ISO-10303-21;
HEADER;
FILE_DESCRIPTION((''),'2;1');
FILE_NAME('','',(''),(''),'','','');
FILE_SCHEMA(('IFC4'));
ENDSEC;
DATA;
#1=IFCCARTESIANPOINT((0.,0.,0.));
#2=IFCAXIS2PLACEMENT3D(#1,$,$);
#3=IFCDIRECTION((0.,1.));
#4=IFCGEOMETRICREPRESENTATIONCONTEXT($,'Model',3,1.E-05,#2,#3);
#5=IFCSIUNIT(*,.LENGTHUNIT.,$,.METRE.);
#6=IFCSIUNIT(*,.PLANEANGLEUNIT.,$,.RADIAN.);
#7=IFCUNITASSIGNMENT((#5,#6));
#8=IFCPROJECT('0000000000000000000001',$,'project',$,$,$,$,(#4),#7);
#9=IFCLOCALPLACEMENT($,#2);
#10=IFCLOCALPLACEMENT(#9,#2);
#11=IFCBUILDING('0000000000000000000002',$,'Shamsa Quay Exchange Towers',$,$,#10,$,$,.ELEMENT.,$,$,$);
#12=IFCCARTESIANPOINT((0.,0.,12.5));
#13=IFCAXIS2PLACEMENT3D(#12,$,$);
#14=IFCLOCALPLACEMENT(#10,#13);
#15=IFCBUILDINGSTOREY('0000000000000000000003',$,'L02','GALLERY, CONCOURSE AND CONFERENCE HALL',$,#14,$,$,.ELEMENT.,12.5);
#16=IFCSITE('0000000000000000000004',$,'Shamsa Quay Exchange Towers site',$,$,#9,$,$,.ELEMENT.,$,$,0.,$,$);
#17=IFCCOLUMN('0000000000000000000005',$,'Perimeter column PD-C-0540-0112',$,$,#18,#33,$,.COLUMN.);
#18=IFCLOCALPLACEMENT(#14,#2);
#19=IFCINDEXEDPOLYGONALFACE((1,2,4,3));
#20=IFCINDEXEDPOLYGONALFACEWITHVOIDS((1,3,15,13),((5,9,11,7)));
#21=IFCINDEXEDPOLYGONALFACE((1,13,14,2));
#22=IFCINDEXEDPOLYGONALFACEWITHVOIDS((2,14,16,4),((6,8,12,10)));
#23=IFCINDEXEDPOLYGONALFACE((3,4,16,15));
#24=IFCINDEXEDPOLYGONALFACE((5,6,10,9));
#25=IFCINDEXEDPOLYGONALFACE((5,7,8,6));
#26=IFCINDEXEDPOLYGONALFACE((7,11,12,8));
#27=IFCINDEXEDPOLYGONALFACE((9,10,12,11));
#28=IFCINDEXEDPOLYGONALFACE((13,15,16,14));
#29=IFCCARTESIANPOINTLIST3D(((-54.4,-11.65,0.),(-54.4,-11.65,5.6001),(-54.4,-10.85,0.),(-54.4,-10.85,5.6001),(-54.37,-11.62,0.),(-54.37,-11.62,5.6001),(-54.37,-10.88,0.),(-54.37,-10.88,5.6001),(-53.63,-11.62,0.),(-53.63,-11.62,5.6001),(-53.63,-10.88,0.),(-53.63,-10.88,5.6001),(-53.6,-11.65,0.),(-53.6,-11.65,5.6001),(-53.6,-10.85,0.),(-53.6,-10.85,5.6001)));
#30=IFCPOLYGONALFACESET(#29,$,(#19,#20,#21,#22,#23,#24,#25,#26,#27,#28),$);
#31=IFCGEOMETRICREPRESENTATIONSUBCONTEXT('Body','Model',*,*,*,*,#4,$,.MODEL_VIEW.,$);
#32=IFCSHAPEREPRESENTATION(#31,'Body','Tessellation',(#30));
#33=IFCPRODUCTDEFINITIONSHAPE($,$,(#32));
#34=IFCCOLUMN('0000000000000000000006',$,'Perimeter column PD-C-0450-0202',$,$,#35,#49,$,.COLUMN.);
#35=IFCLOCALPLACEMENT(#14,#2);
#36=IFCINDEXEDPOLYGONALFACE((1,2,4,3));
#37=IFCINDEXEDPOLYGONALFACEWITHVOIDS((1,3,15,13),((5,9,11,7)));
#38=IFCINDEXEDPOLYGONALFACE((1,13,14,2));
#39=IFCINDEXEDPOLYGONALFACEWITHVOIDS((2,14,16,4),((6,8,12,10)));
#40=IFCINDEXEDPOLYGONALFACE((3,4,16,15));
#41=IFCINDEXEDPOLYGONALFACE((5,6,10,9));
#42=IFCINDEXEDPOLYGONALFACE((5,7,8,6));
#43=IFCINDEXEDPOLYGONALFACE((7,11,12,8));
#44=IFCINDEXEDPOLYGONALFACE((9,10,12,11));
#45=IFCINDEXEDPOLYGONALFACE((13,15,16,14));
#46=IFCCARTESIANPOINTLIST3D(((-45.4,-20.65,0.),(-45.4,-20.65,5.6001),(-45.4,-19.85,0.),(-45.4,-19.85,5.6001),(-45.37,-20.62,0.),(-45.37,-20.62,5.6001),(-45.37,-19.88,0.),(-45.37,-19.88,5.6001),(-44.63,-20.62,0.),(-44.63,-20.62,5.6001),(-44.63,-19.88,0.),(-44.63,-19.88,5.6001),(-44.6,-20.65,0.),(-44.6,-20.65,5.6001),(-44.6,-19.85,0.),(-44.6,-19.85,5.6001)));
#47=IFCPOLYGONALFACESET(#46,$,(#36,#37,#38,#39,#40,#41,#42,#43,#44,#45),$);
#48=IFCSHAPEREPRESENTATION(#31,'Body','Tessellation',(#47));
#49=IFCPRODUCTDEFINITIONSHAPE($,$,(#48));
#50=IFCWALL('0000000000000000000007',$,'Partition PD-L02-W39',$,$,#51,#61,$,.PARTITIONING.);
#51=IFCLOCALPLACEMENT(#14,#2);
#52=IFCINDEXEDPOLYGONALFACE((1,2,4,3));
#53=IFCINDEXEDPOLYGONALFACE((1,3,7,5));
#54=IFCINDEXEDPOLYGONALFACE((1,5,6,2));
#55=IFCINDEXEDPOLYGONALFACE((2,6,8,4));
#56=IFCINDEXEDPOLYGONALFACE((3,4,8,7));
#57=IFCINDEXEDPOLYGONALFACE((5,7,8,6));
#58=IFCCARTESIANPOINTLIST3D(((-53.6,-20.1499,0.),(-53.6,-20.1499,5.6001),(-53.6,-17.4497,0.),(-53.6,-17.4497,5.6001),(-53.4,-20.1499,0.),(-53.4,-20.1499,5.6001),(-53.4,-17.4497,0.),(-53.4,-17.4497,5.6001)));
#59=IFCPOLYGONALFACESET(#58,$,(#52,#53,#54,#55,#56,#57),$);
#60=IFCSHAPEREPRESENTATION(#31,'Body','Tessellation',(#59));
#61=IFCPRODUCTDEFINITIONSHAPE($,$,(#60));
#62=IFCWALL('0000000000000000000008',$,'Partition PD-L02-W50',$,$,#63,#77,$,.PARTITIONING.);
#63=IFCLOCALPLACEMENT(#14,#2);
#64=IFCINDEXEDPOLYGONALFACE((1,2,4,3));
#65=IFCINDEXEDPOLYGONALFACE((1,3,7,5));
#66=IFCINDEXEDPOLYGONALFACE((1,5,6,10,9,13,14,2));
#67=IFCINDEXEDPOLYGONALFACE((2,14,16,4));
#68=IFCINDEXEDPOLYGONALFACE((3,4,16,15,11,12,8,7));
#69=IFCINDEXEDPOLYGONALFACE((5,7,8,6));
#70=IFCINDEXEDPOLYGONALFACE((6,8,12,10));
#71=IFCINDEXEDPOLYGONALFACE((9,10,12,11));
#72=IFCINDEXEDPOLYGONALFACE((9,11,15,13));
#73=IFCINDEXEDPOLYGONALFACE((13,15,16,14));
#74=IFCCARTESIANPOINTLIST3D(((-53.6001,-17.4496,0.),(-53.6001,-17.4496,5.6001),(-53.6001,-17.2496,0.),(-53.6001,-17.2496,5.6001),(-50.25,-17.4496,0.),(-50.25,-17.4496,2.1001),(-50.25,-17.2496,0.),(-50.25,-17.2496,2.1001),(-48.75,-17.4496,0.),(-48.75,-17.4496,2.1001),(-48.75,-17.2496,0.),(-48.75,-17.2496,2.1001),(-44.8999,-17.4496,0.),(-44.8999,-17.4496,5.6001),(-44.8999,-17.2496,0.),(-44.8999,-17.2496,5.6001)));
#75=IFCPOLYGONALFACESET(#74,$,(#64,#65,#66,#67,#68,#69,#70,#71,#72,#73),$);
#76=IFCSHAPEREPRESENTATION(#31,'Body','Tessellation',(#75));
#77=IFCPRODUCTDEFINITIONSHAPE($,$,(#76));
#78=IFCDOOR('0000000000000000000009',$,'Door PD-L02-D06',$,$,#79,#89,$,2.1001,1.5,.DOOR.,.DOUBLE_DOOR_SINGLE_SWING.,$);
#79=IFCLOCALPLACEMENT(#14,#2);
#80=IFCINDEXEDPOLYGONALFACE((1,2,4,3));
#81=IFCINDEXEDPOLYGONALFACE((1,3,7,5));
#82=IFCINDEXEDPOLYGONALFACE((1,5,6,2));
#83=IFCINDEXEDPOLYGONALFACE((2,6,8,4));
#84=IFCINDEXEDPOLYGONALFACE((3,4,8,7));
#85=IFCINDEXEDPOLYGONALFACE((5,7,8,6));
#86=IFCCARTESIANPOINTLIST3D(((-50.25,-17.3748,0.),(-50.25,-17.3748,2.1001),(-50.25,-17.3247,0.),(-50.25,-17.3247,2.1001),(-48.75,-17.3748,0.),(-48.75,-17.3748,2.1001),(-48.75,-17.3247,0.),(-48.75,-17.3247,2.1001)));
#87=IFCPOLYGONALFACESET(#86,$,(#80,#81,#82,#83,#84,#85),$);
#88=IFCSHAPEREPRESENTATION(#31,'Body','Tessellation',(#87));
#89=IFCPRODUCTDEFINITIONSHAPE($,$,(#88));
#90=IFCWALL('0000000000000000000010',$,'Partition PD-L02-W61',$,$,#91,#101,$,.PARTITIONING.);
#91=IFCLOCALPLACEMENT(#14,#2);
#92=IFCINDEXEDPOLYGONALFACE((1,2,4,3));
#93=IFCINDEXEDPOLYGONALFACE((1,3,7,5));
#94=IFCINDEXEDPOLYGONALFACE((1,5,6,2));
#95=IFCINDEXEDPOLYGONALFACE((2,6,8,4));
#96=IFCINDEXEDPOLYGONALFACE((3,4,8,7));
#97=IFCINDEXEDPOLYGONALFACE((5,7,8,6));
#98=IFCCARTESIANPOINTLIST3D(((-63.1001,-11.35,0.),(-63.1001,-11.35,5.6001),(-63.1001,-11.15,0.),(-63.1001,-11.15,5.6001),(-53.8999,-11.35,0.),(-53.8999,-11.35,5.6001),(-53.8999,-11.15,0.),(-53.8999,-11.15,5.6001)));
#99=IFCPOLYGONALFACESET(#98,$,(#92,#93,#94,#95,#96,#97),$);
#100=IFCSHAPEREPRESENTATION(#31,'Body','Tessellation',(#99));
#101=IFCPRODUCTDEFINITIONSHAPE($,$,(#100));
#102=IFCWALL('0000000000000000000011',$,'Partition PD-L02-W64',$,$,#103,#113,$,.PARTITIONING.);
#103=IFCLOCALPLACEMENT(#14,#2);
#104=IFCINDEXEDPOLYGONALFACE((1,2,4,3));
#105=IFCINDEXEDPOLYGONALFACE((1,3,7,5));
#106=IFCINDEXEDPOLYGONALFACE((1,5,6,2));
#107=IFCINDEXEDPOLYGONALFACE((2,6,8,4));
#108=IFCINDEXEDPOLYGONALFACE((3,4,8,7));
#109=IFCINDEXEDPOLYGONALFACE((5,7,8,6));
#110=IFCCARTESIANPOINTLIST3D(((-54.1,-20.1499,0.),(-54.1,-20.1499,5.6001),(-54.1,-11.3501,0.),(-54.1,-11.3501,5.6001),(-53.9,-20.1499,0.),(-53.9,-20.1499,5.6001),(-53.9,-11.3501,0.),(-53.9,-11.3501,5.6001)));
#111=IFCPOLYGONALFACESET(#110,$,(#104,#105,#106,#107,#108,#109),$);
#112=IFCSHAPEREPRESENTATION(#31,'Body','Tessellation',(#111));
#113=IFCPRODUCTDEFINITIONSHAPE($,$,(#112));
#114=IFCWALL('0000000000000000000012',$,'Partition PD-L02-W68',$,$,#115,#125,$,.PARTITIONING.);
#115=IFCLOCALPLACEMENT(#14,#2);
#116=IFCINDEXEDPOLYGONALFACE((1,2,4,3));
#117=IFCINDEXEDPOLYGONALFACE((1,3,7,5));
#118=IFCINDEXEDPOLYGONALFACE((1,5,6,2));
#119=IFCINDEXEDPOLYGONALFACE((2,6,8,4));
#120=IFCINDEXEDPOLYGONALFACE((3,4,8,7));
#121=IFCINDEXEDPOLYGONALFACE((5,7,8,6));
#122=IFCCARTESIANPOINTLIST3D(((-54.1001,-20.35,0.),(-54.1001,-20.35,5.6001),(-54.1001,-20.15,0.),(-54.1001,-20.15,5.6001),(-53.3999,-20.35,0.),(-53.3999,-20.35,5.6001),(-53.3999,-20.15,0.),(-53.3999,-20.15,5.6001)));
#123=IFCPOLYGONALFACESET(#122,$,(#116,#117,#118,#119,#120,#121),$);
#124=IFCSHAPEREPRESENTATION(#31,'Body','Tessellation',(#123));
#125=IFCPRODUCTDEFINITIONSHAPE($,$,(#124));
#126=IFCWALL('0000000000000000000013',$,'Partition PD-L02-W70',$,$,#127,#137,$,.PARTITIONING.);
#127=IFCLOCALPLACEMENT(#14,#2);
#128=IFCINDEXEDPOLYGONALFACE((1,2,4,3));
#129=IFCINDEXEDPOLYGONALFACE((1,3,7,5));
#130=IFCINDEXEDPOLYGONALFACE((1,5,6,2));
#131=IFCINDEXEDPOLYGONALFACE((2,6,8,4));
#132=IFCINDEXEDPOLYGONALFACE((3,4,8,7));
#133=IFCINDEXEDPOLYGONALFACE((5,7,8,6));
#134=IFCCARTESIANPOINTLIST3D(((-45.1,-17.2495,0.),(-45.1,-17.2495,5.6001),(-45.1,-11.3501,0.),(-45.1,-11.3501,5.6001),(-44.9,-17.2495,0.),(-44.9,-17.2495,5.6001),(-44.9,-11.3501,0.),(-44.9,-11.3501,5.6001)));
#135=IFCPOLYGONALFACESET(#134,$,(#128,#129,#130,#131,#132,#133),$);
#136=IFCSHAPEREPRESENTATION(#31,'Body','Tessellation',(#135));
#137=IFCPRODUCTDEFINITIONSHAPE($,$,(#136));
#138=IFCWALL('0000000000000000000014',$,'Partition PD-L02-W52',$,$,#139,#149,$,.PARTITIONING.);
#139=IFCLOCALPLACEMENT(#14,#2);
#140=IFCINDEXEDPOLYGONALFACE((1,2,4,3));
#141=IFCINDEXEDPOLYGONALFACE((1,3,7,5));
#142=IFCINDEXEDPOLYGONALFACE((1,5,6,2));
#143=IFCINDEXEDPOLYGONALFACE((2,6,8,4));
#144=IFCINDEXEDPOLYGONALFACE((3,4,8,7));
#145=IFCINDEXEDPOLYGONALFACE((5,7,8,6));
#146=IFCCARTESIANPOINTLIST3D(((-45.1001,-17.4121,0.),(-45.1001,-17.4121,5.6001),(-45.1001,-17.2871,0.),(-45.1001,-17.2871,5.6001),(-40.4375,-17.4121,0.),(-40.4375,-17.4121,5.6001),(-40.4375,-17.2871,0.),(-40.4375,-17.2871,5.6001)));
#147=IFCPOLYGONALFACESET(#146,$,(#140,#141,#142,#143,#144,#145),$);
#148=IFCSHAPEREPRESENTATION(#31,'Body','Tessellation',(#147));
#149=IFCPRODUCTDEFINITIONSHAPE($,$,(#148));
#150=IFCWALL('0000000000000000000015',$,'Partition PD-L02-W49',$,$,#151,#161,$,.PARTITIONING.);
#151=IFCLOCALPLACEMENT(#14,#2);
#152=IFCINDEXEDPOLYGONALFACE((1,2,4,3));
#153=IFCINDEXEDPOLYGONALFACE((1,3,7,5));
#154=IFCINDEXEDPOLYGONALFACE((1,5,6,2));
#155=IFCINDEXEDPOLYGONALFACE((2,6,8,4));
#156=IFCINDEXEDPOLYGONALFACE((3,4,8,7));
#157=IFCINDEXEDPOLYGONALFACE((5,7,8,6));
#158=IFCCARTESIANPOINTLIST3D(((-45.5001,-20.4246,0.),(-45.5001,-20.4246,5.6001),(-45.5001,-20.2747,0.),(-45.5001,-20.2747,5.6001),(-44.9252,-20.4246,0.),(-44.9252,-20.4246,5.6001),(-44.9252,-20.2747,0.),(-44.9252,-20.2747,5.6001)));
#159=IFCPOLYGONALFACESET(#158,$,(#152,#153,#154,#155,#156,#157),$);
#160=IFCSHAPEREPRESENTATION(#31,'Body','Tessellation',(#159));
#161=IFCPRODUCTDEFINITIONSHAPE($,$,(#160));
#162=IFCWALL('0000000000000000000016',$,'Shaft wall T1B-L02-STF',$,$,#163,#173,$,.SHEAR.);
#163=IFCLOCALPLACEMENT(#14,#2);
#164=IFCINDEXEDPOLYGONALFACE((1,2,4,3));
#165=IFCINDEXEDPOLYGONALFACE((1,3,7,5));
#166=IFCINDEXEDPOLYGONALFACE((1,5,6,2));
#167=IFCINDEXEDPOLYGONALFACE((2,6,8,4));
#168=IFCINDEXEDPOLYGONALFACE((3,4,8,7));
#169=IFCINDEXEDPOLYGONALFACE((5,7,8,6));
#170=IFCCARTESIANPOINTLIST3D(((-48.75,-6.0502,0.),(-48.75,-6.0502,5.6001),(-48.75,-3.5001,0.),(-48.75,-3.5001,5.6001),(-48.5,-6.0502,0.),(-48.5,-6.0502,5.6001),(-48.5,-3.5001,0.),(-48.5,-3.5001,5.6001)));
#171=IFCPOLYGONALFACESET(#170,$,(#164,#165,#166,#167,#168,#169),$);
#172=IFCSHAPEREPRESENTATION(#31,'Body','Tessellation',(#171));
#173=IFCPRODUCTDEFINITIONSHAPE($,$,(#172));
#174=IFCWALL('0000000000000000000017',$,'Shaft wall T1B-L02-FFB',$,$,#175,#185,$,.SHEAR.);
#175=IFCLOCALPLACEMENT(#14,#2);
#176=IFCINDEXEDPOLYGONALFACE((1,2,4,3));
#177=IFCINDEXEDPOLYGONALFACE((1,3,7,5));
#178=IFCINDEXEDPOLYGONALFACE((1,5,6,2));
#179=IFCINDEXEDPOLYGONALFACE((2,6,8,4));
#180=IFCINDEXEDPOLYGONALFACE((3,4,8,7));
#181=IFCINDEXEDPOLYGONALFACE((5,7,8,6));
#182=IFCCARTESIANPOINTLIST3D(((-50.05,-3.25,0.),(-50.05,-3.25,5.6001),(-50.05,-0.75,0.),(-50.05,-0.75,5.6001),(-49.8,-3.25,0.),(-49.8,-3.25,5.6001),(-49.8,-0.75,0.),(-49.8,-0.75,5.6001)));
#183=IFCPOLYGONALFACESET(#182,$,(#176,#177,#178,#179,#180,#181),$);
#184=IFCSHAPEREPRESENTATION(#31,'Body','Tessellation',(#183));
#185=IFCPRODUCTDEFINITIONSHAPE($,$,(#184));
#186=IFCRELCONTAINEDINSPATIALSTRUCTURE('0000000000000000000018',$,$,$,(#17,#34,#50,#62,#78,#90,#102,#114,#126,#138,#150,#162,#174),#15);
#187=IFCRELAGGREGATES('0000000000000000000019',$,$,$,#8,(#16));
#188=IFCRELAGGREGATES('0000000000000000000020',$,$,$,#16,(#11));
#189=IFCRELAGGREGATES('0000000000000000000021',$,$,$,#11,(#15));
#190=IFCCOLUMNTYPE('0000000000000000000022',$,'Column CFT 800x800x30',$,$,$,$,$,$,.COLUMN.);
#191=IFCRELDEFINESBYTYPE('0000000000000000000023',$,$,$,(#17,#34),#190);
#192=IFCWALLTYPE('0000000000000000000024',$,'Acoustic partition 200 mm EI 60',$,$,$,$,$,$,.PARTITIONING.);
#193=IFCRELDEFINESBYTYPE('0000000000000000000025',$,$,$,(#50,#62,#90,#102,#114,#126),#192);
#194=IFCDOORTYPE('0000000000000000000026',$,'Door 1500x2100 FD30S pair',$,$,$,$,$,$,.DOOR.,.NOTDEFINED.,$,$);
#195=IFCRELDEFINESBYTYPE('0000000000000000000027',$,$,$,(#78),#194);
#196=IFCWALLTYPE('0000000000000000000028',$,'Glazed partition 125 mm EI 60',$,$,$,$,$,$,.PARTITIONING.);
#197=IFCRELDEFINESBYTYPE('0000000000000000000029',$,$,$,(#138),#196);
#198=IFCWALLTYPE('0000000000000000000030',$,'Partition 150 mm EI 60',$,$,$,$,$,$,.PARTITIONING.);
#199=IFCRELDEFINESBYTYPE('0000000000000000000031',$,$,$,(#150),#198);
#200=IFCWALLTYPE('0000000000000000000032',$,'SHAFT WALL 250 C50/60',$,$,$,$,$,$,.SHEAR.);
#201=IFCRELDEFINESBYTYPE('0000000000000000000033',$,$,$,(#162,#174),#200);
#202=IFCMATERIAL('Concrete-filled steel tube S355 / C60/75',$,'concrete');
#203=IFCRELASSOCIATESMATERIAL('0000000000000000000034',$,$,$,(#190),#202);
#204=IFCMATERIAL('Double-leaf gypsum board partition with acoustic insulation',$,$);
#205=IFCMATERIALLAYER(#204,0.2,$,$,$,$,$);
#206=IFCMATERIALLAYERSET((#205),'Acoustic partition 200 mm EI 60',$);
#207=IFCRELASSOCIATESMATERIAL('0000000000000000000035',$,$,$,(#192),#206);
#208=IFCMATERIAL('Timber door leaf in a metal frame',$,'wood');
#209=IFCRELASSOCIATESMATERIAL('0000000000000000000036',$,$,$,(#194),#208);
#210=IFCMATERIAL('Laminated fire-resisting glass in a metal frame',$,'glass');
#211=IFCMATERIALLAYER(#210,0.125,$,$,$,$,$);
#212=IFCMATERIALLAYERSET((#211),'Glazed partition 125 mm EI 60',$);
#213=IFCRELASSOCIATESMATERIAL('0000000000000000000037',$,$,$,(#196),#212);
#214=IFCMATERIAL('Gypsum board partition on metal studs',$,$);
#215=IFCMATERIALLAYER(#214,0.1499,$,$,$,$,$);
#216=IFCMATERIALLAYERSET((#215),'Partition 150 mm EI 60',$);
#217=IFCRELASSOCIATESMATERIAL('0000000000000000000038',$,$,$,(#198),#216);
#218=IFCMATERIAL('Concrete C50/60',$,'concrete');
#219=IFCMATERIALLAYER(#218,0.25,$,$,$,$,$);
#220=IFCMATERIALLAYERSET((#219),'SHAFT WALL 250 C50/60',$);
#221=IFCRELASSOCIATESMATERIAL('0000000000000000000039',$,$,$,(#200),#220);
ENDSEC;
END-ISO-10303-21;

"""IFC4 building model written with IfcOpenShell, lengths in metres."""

from ifc_helpers import new_model, si_unit, direction, frame, frame_2d, origin, origin_2d, place, context, subcontext, project, spatial, rectangle, hollow_rectangle, extrude, material, layer, layer_set, material_profile, profile_set, type_object, element, fill, save


model = new_model("IFC4")

# Units and contexts
model_context = context("Model", 3, precision=1e-05, world=origin(), true_north=direction((0.0, 1.0)))
body_context = subcontext(model_context, "Body", "Model", "MODEL_VIEW")
ifc_project = project(units=[si_unit("LENGTHUNIT", "METRE"), si_unit("PLANEANGLEUNIT", "RADIAN")], contexts=[model_context])

# Site, building, storey
site_placement = place(None, origin())
site = spatial("IfcSite", under=ifc_project, at=site_placement, Name="Shamsa Quay Exchange Towers site", CompositionType="ELEMENT", RefElevation=0.0)
building_placement = place(site_placement, origin())
building = spatial("IfcBuilding", under=site, at=building_placement, Name="Shamsa Quay Exchange Towers", CompositionType="ELEMENT")
storey_placement = place(building_placement, frame((0.0, 0.0, 12.5)))
storey = spatial("IfcBuildingStorey", under=building, at=storey_placement, Name="L02", Description="GALLERY, CONCOURSE AND CONFERENCE HALL", CompositionType="ELEMENT", Elevation=12.5)

# Columns
ifc_material_1 = material(Name="Concrete-filled steel tube S355 / C60/75", Category="concrete")
ifc_material_profile = material_profile(ifc_material_1, hollow_rectangle(XDim=0.8, YDim=0.8, WallThickness=0.03, at=origin_2d()), Name="CFT 800x800x30")
ifc_profile_set = profile_set([ifc_material_profile], Name="Concrete-filled steel tube S355 / C60/75")
column_type = type_object("IfcColumnType", Name="Column CFT 800x800x30", PredefinedType="COLUMN", material=ifc_profile_set)
for number, where, name in (
    (1, (-54.0, -11.25, 0.0), "Perimeter column PD-C-0540-0112"),
    (2, (-45.0, -20.25, 0.0), "Perimeter column PD-C-0450-0202"),
):
    element("IfcColumn", number, at=place(storey_placement, frame(where)), inside=storey, type_object=column_type, Name=name, PredefinedType="COLUMN", context=body_context, shape_type="SweptSolid", body=[
        extrude(hollow_rectangle(XDim=0.8, YDim=0.8, WallThickness=0.03, at=origin_2d()), origin(), (0.0, 0.0, 1.0), 5.6001),
    ])

# Wall
ifc_material_2 = material(Name="Double-leaf gypsum board partition with acoustic insulation")
ifc_layer_1 = layer(ifc_material_2, 0.2)
ifc_layer_set_1 = layer_set([ifc_layer_1], Name="Acoustic partition 200 mm EI 60")
wall_type_1 = type_object("IfcWallType", Name="Acoustic partition 200 mm EI 60", PredefinedType="PARTITIONING", material=ifc_layer_set_1)
wall_1_placement = place(storey_placement, frame((-53.5, -20.1499, 0.0), z_axis=(0.0, 0.0, 1.0), x_axis=(0.0, 1.0, 0.0)))
element("IfcWall", 3, at=wall_1_placement, inside=storey, type_object=wall_type_1, Name="Partition PD-L02-W39", PredefinedType="PARTITIONING", context=body_context, shape_type="SweptSolid", body=[
    extrude(rectangle(XDim=2.7002, YDim=0.2, at=frame_2d((1.3501, 0.0))), origin(), (0.0, 0.0, 1.0), 5.6001),
])

# Wall, opening, door
wall_2_placement = place(storey_placement, frame((-53.6001, -17.3496, 0.0)))
wall_2 = element("IfcWall", 4, at=wall_2_placement, inside=storey, type_object=wall_type_1, Name="Partition PD-L02-W50", PredefinedType="PARTITIONING", context=body_context, shape_type="SweptSolid", body=[
    extrude(rectangle(XDim=8.7002, YDim=0.2, at=frame_2d((4.3501, 0.0))), origin(), (0.0, 0.0, 1.0), 5.6001),
])
opening_1_placement = place(wall_2_placement, frame((3.3501, 0.0, 0.0)))
opening_1 = element("IfcOpeningElement", 5, at=opening_1_placement, cuts=wall_2, PredefinedType="OPENING", context=body_context, shape_type="SweptSolid", body=[
    extrude(rectangle(XDim=1.5, YDim=2.1001, at=frame_2d((0.75, 1.05))), frame((0.0, 0.1099, 0.0), z_axis=(0.0, -1.0, 0.0), x_axis=(1.0, 0.0, 0.0)), (0.0, 0.0, 1.0), 0.22),
])
ifc_material_3 = material(Name="Timber door leaf in a metal frame", Category="wood")
door_type_1 = type_object("IfcDoorType", Name="Door 1500x2100 FD30S pair", OperationType="NOTDEFINED", PredefinedType="DOOR", material=ifc_material_3)
door_1_placement = place(opening_1_placement, origin())
door_1 = element("IfcDoor", 6, at=door_1_placement, inside=storey, type_object=door_type_1, Name="Door PD-L02-D06", OperationType="DOUBLE_DOOR_SINGLE_SWING", OverallHeight=2.1001, OverallWidth=1.5, PredefinedType="DOOR", context=body_context, shape_type="SweptSolid", body=[
    extrude(rectangle(XDim=1.5, YDim=2.1001, at=frame_2d((0.75, 1.05))), frame((0.0, 0.0249, 0.0), z_axis=(0.0, -1.0, 0.0), x_axis=(1.0, 0.0, 0.0)), (0.0, 0.0, 1.0), 0.05),
])
fill(opening_1, door_1)

# Walls
wall_3_placement = place(storey_placement, frame((-53.8999, -11.25, 0.0), z_axis=(0.0, 0.0, 1.0), x_axis=(-1.0, 0.0, 0.0)))
element("IfcWall", 7, at=wall_3_placement, inside=storey, type_object=wall_type_1, Name="Partition PD-L02-W61", PredefinedType="PARTITIONING", context=body_context, shape_type="SweptSolid", body=[
    extrude(rectangle(XDim=9.2002, YDim=0.2, at=frame_2d((4.6001, 0.0))), origin(), (0.0, 0.0, 1.0), 5.6001),
])
wall_4_placement = place(storey_placement, frame((-54.0, -20.1499, 0.0), z_axis=(0.0, 0.0, 1.0), x_axis=(0.0, 1.0, 0.0)))
element("IfcWall", 8, at=wall_4_placement, inside=storey, type_object=wall_type_1, Name="Partition PD-L02-W64", PredefinedType="PARTITIONING", context=body_context, shape_type="SweptSolid", body=[
    extrude(rectangle(XDim=8.7998, YDim=0.2, at=frame_2d((4.3999, 0.0))), origin(), (0.0, 0.0, 1.0), 5.6001),
])
wall_5_placement = place(storey_placement, frame((-53.3999, -20.25, 0.0), z_axis=(0.0, 0.0, 1.0), x_axis=(-1.0, 0.0, 0.0)))
element("IfcWall", 9, at=wall_5_placement, inside=storey, type_object=wall_type_1, Name="Partition PD-L02-W68", PredefinedType="PARTITIONING", context=body_context, shape_type="SweptSolid", body=[
    extrude(rectangle(XDim=0.7002, YDim=0.2, at=frame_2d((0.3501, 0.0))), origin(), (0.0, 0.0, 1.0), 5.6001),
])
wall_6_placement = place(storey_placement, frame((-45.0, -17.2495, 0.0), z_axis=(0.0, 0.0, 1.0), x_axis=(0.0, 1.0, 0.0)))
element("IfcWall", 10, at=wall_6_placement, inside=storey, type_object=wall_type_1, Name="Partition PD-L02-W70", PredefinedType="PARTITIONING", context=body_context, shape_type="SweptSolid", body=[
    extrude(rectangle(XDim=5.8994, YDim=0.2, at=frame_2d((2.9497, 0.0))), origin(), (0.0, 0.0, 1.0), 5.6001),
])

# Walls
ifc_material_4 = material(Name="Laminated fire-resisting glass in a metal frame", Category="glass")
ifc_layer_2 = layer(ifc_material_4, 0.125)
ifc_layer_set_2 = layer_set([ifc_layer_2], Name="Glazed partition 125 mm EI 60")
wall_type_2 = type_object("IfcWallType", Name="Glazed partition 125 mm EI 60", PredefinedType="PARTITIONING", material=ifc_layer_set_2)
wall_7_placement = place(storey_placement, frame((-45.1001, -17.3496, 0.0)))
element("IfcWall", 11, at=wall_7_placement, inside=storey, type_object=wall_type_2, Name="Partition PD-L02-W52", PredefinedType="PARTITIONING", context=body_context, shape_type="SweptSolid", body=[
    extrude(rectangle(XDim=4.6626, YDim=0.125, at=frame_2d((2.3313, 0.0))), origin(), (0.0, 0.0, 1.0), 5.6001),
])
ifc_material_5 = material(Name="Gypsum board partition on metal studs")
ifc_layer_3 = layer(ifc_material_5, 0.1499)
ifc_layer_set_3 = layer_set([ifc_layer_3], Name="Partition 150 mm EI 60")
wall_type_3 = type_object("IfcWallType", Name="Partition 150 mm EI 60", PredefinedType="PARTITIONING", material=ifc_layer_set_3)
wall_8_placement = place(storey_placement, frame((-44.925, -20.3496, 0.0), z_axis=(0.0, 0.0, 1.0), x_axis=(-1.0, 0.0, 0.0)))
element("IfcWall", 12, at=wall_8_placement, inside=storey, type_object=wall_type_3, Name="Partition PD-L02-W49", PredefinedType="PARTITIONING", context=body_context, shape_type="SweptSolid", body=[
    extrude(rectangle(XDim=0.575, YDim=0.1499, at=frame_2d((0.2876, 0.0))), origin(), (0.0, 0.0, 1.0), 5.6001),
])
ifc_material_6 = material(Name="Concrete C50/60", Category="concrete")
ifc_layer_4 = layer(ifc_material_6, 0.25)
ifc_layer_set_4 = layer_set([ifc_layer_4], Name="SHAFT WALL 250 C50/60")
wall_type_4 = type_object("IfcWallType", Name="SHAFT WALL 250 C50/60", PredefinedType="SHEAR", material=ifc_layer_set_4)
wall_9_placement = place(storey_placement, frame((-48.625, -6.05, 0.0), z_axis=(0.0, 0.0, 1.0), x_axis=(0.0, 1.0, 0.0)))
element("IfcWall", 13, at=wall_9_placement, inside=storey, type_object=wall_type_4, Name="Shaft wall T1B-L02-STF", PredefinedType="SHEAR", context=body_context, shape_type="SweptSolid", body=[
    extrude(rectangle(XDim=2.55, YDim=0.25, at=frame_2d((1.2749, 0.0))), origin(), (0.0, 0.0, 1.0), 5.6001),
])

# Wall
wall_10_placement = place(storey_placement, frame((-49.925, -3.25, 0.0), z_axis=(0.0, 0.0, 1.0), x_axis=(0.0, 1.0, 0.0)))
element("IfcWall", 14, at=wall_10_placement, inside=storey, type_object=wall_type_4, Name="Shaft wall T1B-L02-FFB", PredefinedType="SHEAR", context=body_context, shape_type="SweptSolid", body=[
    extrude(rectangle(XDim=2.5, YDim=0.25, at=frame_2d((1.25, 0.0))), origin(), (0.0, 0.0, 1.0), 5.6001),
])

save(model, "model.ifc")
